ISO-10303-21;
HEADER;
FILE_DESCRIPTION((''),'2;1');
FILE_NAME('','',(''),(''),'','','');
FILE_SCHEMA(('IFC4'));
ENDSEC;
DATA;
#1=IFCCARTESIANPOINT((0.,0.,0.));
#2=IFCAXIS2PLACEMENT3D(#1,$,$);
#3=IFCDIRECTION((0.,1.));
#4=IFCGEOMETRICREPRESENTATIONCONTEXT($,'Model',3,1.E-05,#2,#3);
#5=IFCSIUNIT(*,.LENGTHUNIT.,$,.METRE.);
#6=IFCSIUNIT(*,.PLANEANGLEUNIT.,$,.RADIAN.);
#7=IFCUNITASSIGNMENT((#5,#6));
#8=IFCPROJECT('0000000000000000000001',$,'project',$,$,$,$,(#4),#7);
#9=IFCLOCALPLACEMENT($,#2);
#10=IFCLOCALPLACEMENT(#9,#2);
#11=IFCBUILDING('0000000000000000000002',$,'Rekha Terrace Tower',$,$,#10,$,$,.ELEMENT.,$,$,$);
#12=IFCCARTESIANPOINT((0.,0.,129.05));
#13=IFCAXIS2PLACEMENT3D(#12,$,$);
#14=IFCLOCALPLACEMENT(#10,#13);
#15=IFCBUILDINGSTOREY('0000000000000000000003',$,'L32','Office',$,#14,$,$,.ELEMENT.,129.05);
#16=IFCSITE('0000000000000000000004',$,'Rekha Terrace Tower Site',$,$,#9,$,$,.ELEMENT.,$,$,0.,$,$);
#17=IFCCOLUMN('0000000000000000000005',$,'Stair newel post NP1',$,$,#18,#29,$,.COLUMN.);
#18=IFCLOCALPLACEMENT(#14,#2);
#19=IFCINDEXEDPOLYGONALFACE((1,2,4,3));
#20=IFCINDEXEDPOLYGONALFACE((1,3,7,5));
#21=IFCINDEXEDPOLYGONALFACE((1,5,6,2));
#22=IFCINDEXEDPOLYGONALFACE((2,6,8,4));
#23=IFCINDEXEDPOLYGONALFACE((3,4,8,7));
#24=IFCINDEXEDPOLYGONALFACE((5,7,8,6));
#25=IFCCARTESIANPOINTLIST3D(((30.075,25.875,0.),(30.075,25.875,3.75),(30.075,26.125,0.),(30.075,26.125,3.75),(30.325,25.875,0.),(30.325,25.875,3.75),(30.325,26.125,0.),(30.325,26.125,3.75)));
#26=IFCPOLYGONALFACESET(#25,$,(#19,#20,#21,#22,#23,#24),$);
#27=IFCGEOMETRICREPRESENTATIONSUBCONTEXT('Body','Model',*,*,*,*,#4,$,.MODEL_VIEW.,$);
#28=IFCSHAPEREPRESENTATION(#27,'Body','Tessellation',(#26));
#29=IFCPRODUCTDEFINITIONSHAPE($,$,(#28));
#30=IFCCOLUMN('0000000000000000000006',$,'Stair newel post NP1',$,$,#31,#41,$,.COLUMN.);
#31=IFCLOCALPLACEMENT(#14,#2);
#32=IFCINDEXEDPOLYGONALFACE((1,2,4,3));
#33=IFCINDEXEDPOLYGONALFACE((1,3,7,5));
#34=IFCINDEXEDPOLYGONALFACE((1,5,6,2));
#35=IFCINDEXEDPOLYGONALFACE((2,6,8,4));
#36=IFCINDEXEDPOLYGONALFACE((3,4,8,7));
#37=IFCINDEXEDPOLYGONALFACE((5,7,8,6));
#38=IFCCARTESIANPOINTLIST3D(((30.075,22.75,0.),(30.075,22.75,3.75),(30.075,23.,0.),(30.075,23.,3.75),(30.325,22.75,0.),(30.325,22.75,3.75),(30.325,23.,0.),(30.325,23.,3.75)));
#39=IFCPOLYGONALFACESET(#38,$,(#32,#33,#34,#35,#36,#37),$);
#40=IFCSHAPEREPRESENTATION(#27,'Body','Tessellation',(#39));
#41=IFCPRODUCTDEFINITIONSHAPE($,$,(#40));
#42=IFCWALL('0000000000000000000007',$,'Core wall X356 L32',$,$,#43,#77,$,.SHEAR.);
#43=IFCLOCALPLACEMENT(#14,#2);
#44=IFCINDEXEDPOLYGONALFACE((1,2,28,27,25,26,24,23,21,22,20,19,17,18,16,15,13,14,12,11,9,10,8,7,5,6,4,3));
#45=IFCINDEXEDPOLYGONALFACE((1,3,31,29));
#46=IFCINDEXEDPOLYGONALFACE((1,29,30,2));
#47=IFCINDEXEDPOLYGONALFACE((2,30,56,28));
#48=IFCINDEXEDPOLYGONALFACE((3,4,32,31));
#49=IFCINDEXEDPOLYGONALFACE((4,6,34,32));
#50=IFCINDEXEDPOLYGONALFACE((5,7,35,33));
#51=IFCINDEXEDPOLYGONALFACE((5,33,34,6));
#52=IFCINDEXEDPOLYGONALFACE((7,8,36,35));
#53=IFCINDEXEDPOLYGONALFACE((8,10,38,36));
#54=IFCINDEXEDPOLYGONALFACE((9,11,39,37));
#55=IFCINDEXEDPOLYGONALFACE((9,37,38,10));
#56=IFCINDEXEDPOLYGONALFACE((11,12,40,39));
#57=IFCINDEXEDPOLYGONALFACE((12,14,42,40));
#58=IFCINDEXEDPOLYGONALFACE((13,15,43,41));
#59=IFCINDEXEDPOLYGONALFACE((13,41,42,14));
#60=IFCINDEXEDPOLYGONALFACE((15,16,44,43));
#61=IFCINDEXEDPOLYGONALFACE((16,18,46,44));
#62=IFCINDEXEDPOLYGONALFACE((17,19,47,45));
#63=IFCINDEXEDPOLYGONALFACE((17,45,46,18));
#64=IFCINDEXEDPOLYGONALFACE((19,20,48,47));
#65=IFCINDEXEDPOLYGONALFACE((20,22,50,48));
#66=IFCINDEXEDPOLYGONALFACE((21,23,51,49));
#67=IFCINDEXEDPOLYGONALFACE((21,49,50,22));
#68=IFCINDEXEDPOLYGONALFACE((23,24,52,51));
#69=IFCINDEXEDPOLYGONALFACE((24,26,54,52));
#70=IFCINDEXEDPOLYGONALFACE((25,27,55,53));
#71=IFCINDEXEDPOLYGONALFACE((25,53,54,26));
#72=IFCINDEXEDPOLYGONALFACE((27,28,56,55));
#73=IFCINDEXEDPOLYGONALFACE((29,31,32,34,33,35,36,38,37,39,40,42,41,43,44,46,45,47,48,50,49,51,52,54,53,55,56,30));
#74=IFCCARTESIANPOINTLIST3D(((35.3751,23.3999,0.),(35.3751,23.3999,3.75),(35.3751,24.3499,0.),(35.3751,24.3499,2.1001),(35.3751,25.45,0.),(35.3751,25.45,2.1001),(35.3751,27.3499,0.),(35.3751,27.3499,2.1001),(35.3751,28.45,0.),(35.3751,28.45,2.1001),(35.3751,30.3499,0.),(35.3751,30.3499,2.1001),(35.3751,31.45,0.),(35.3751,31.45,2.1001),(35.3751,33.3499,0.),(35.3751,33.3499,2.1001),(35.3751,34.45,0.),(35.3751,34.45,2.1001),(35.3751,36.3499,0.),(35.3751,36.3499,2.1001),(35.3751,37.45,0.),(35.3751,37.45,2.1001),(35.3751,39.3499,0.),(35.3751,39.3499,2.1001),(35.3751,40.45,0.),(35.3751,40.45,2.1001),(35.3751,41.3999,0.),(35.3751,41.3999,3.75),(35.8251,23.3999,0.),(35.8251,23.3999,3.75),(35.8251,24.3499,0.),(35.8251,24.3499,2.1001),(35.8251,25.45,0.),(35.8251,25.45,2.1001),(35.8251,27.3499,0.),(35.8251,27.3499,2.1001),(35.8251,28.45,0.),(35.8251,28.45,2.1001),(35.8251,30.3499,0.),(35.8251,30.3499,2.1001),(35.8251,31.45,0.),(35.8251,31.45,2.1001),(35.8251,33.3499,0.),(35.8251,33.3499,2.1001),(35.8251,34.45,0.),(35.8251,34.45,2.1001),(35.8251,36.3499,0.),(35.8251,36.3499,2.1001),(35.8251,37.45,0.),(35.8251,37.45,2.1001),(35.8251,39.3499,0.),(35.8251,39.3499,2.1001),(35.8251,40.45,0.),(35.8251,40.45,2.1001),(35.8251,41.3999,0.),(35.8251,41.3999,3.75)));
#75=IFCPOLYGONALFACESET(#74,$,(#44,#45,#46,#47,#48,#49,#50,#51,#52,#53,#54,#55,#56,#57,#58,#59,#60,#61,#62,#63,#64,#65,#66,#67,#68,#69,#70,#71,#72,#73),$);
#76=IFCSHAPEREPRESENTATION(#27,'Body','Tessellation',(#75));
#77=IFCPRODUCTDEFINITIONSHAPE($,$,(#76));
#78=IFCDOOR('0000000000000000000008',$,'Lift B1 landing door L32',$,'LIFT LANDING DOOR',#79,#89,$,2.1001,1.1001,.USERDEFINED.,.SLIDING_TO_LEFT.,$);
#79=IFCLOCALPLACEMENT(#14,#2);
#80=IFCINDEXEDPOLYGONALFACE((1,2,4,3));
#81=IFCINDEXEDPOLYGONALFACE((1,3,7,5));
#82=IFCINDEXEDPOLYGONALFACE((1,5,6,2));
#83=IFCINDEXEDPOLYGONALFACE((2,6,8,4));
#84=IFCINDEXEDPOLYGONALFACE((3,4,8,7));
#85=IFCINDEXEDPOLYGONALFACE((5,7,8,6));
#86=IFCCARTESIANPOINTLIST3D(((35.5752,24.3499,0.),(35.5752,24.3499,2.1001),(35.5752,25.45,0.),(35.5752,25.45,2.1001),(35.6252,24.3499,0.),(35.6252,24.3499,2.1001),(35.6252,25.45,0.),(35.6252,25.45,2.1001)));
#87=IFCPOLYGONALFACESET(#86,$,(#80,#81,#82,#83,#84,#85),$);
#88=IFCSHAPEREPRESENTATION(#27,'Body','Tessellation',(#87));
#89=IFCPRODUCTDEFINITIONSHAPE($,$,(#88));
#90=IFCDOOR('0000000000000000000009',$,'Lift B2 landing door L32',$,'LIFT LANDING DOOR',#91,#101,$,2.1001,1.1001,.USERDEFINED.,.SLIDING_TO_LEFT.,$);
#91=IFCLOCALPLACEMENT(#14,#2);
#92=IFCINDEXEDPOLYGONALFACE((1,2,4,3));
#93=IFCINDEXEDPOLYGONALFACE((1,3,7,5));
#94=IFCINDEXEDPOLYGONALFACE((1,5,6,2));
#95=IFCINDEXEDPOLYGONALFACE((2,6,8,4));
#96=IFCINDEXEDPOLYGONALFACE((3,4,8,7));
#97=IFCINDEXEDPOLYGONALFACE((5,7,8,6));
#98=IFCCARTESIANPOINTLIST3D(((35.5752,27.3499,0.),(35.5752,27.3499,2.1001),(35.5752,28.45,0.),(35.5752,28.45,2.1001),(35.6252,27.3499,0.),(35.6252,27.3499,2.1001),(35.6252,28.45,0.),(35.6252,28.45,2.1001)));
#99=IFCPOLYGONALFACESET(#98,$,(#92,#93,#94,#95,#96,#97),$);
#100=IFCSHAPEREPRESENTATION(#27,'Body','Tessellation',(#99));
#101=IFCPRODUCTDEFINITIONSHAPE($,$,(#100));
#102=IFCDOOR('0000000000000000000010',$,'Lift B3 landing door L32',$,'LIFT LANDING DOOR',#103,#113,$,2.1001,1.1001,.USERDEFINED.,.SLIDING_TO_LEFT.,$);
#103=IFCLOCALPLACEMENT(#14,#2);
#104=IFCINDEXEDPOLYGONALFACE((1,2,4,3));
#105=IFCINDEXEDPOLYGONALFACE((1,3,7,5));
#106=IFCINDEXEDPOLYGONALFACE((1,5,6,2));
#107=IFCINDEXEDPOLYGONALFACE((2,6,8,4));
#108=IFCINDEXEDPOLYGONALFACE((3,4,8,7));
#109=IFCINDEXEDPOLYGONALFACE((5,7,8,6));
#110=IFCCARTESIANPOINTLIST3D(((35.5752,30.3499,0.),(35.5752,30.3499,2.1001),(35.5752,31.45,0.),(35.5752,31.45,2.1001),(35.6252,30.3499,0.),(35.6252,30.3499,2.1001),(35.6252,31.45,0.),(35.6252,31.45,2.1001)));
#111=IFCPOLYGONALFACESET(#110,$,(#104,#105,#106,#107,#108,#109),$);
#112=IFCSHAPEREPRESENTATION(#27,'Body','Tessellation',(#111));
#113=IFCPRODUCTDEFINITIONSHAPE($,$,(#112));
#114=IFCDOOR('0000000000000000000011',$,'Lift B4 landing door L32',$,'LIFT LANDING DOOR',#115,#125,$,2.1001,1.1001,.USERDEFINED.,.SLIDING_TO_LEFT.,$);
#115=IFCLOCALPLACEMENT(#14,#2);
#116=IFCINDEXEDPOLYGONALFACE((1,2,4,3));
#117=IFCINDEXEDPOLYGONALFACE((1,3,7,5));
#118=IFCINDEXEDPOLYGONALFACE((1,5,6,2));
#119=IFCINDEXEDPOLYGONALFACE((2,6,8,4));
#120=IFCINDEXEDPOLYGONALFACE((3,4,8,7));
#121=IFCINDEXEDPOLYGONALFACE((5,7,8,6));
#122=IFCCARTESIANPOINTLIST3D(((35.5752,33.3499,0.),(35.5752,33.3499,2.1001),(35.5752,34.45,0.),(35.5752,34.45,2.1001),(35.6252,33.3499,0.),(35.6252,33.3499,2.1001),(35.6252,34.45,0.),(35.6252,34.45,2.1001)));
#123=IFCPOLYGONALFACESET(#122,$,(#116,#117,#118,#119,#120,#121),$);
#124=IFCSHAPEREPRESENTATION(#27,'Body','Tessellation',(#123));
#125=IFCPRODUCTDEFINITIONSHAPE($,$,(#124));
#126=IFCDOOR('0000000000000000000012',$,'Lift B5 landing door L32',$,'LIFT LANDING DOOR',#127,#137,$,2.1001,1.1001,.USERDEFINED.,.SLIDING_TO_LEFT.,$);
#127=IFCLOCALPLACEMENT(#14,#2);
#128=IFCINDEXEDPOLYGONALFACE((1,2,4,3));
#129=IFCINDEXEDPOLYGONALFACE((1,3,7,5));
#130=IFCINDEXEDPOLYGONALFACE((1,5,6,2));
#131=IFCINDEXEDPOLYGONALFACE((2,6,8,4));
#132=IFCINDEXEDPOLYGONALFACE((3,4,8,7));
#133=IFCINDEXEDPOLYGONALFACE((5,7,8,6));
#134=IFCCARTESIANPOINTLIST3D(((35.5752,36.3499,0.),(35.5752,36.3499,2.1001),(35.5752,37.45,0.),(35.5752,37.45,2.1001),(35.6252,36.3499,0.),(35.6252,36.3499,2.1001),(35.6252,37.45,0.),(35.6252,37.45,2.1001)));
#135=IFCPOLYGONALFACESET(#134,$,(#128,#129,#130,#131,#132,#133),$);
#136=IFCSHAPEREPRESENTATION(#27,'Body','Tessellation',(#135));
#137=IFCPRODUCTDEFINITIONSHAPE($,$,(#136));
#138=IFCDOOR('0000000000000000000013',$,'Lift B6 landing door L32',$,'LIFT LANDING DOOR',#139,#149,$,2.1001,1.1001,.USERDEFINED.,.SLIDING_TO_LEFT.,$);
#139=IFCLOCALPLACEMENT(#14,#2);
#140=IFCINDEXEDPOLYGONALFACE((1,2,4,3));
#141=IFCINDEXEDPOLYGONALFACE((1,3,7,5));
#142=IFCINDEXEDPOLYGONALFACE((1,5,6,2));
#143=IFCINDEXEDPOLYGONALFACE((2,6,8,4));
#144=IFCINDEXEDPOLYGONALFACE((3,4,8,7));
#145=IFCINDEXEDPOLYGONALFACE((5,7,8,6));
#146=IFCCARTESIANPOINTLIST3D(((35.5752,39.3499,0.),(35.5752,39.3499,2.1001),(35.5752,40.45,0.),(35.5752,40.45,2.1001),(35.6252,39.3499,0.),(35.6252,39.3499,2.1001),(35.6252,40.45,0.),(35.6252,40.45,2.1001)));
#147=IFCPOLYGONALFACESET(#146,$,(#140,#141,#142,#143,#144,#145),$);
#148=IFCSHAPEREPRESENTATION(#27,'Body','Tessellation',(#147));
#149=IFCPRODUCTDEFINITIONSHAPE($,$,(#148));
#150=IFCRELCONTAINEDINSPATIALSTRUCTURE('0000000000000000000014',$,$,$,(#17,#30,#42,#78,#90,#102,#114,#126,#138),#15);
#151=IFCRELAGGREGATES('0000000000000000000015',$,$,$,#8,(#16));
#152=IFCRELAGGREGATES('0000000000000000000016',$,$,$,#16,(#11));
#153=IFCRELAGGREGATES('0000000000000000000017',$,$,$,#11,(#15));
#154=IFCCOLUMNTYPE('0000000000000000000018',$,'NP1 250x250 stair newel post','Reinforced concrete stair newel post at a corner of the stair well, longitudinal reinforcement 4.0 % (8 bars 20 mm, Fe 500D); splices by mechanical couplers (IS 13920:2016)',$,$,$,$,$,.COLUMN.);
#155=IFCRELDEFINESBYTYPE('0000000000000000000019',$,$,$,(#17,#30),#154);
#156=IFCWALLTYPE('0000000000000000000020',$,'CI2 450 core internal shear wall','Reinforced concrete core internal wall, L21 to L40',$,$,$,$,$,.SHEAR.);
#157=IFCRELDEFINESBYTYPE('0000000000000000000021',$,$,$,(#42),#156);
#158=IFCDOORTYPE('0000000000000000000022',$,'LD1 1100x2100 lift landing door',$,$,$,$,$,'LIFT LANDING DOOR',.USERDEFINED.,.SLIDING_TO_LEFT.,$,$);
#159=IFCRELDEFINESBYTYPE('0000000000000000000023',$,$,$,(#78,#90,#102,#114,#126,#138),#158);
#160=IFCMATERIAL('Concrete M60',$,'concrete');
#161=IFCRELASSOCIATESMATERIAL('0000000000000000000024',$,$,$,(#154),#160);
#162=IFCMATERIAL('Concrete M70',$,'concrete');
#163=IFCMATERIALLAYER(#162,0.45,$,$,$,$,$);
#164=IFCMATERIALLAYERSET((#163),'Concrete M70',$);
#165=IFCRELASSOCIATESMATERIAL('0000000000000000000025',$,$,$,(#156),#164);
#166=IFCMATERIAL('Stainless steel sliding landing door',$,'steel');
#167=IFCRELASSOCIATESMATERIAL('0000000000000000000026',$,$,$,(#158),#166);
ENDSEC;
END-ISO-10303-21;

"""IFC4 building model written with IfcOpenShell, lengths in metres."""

from ifc_helpers import new_model, si_unit, direction, frame, frame_2d, origin, origin_2d, place, context, subcontext, project, spatial, rectangle, extrude, material, layer, layer_set, material_profile, profile_set, type_object, element, fill, save


model = new_model("IFC4")

# Units and contexts
model_context = context("Model", 3, precision=1e-05, world=origin(), true_north=direction((0.0, 1.0)))
body_context = subcontext(model_context, "Body", "Model", "MODEL_VIEW")
ifc_project = project(units=[si_unit("LENGTHUNIT", "METRE"), si_unit("PLANEANGLEUNIT", "RADIAN")], contexts=[model_context])

# Site, building, storey
site_placement = place(None, origin())
site = spatial("IfcSite", under=ifc_project, at=site_placement, Name="Rekha Terrace Tower Site", CompositionType="ELEMENT", RefElevation=0.0)
building_placement = place(site_placement, origin())
building = spatial("IfcBuilding", under=site, at=building_placement, Name="Rekha Terrace Tower", CompositionType="ELEMENT")
storey_placement = place(building_placement, frame((0.0, 0.0, 129.05)))
storey = spatial("IfcBuildingStorey", under=building, at=storey_placement, Name="L32", Description="Office", CompositionType="ELEMENT", Elevation=129.05)

# Columns
ifc_material_1 = material(Name="Concrete M60", Category="concrete")
ifc_material_profile = material_profile(ifc_material_1, rectangle(XDim=0.25, YDim=0.25, at=origin_2d()), Name="RC 250x250")
ifc_profile_set = profile_set([ifc_material_profile], Name="Concrete M60")
column_type = type_object("IfcColumnType", Name="NP1 250x250 stair newel post", Description="Reinforced concrete stair newel post at a corner of the stair well, longitudinal reinforcement 4.0 % (8 bars 20 mm, Fe 500D); splices by mechanical couplers (IS 13920:2016)", PredefinedType="COLUMN", material=ifc_profile_set)
for number, where, z_axis, x_axis, name in (
    (1, (30.2, 26.0, 0.0), (0.0, 0.0, 1.0), (1.0, 0.0, 0.0), "Stair newel post NP1"),
    (2, (30.2, 22.875, 0.0), (0.0, 0.0, 1.0), (1.0, 0.0, 0.0), "Stair newel post NP1"),
):
    element("IfcColumn", number, at=place(storey_placement, frame(where, z_axis=z_axis, x_axis=x_axis)), inside=storey, type_object=column_type, Name=name, PredefinedType="COLUMN", context=body_context, shape_type="SweptSolid", body=[
        extrude(rectangle(XDim=0.25, YDim=0.25, at=origin_2d()), origin(), (0.0, 0.0, 1.0), 3.75),
    ])

# Wall, openings, doors
ifc_material_2 = material(Name="Concrete M70", Category="concrete")
ifc_layer_1 = layer(ifc_material_2, 0.45)
ifc_layer_set_1 = layer_set([ifc_layer_1], Name="Concrete M70")
wall_type_1 = type_object("IfcWallType", Name="CI2 450 core internal shear wall", Description="Reinforced concrete core internal wall, L21 to L40", PredefinedType="SHEAR", material=ifc_layer_set_1)
wall_1_placement = place(storey_placement, frame((35.6001, 23.3999, 0.0), z_axis=(0.0, 0.0, 1.0), x_axis=(0.0, 1.0, 0.0)))
wall_1 = element("IfcWall", 3, at=wall_1_placement, inside=storey, type_object=wall_type_1, Name="Core wall X356 L32", PredefinedType="SHEAR", context=body_context, shape_type="SweptSolid", body=[
    extrude(rectangle(XDim=18.0, YDim=0.45, at=frame_2d((9.0, 0.0))), origin(), (0.0, 0.0, 1.0), 3.75),
])
opening_1_placement = place(wall_1_placement, frame((0.95, 0.0, 0.0)))
opening_1 = element("IfcOpeningElement", 4, at=opening_1_placement, cuts=wall_1, PredefinedType="OPENING", context=body_context, shape_type="SweptSolid", body=[
    extrude(rectangle(XDim=1.1001, YDim=2.1001, at=frame_2d((0.55, 1.05))), frame((0.0, 0.2349, 0.0), z_axis=(0.0, -1.0, 0.0), x_axis=(1.0, 0.0, 0.0)), (0.0, 0.0, 1.0), 0.47),
])
opening_2_placement = place(wall_1_placement, frame((3.95, 0.0, 0.0)))
opening_2 = element("IfcOpeningElement", 5, at=opening_2_placement, cuts=wall_1, PredefinedType="OPENING", context=body_context, shape_type="SweptSolid", body=[
    extrude(rectangle(XDim=1.1001, YDim=2.1001, at=frame_2d((0.55, 1.05))), frame((0.0, 0.2349, 0.0), z_axis=(0.0, -1.0, 0.0), x_axis=(1.0, 0.0, 0.0)), (0.0, 0.0, 1.0), 0.47),
])
opening_3_placement = place(wall_1_placement, frame((6.95, 0.0, 0.0)))
opening_3 = element("IfcOpeningElement", 6, at=opening_3_placement, cuts=wall_1, PredefinedType="OPENING", context=body_context, shape_type="SweptSolid", body=[
    extrude(rectangle(XDim=1.1001, YDim=2.1001, at=frame_2d((0.55, 1.05))), frame((0.0, 0.2349, 0.0), z_axis=(0.0, -1.0, 0.0), x_axis=(1.0, 0.0, 0.0)), (0.0, 0.0, 1.0), 0.47),
])
opening_4_placement = place(wall_1_placement, frame((9.95, 0.0, 0.0)))
opening_4 = element("IfcOpeningElement", 7, at=opening_4_placement, cuts=wall_1, PredefinedType="OPENING", context=body_context, shape_type="SweptSolid", body=[
    extrude(rectangle(XDim=1.1001, YDim=2.1001, at=frame_2d((0.55, 1.05))), frame((0.0, 0.2349, 0.0), z_axis=(0.0, -1.0, 0.0), x_axis=(1.0, 0.0, 0.0)), (0.0, 0.0, 1.0), 0.47),
])
opening_5_placement = place(wall_1_placement, frame((12.95, 0.0, 0.0)))
opening_5 = element("IfcOpeningElement", 8, at=opening_5_placement, cuts=wall_1, PredefinedType="OPENING", context=body_context, shape_type="SweptSolid", body=[
    extrude(rectangle(XDim=1.1001, YDim=2.1001, at=frame_2d((0.55, 1.05))), frame((0.0, 0.2349, 0.0), z_axis=(0.0, -1.0, 0.0), x_axis=(1.0, 0.0, 0.0)), (0.0, 0.0, 1.0), 0.47),
])
opening_6_placement = place(wall_1_placement, frame((15.95, 0.0, 0.0)))
opening_6 = element("IfcOpeningElement", 9, at=opening_6_placement, cuts=wall_1, PredefinedType="OPENING", context=body_context, shape_type="SweptSolid", body=[
    extrude(rectangle(XDim=1.1001, YDim=2.1001, at=frame_2d((0.55, 1.05))), frame((0.0, 0.2349, 0.0), z_axis=(0.0, -1.0, 0.0), x_axis=(1.0, 0.0, 0.0)), (0.0, 0.0, 1.0), 0.47),
])
ifc_material_3 = material(Name="Stainless steel sliding landing door", Category="steel")
door_type_1 = type_object("IfcDoorType", Name="LD1 1100x2100 lift landing door", ElementType="LIFT LANDING DOOR", OperationType="SLIDING_TO_LEFT", PredefinedType="USERDEFINED", material=ifc_material_3)
door_1_placement = place(opening_1_placement, origin())
door_1 = element("IfcDoor", 10, at=door_1_placement, inside=storey, type_object=door_type_1, Name="Lift B1 landing door L32", ObjectType="LIFT LANDING DOOR", OperationType="SLIDING_TO_LEFT", OverallHeight=2.1001, OverallWidth=1.1001, PredefinedType="USERDEFINED", context=body_context, shape_type="SweptSolid", body=[
    extrude(rectangle(XDim=1.1001, YDim=2.1001, at=frame_2d((0.55, 1.05))), frame((0.0, 0.0249, 0.0), z_axis=(0.0, -1.0, 0.0), x_axis=(1.0, 0.0, 0.0)), (0.0, 0.0, 1.0), 0.05),
])
fill(opening_1, door_1)
door_2_placement = place(opening_2_placement, origin())
door_2 = element("IfcDoor", 11, at=door_2_placement, inside=storey, type_object=door_type_1, Name="Lift B2 landing door L32", ObjectType="LIFT LANDING DOOR", OperationType="SLIDING_TO_LEFT", OverallHeight=2.1001, OverallWidth=1.1001, PredefinedType="USERDEFINED", context=body_context, shape_type="SweptSolid", body=[
    extrude(rectangle(XDim=1.1001, YDim=2.1001, at=frame_2d((0.55, 1.05))), frame((0.0, 0.0249, 0.0), z_axis=(0.0, -1.0, 0.0), x_axis=(1.0, 0.0, 0.0)), (0.0, 0.0, 1.0), 0.05),
])
fill(opening_2, door_2)
door_3_placement = place(opening_3_placement, origin())
door_3 = element("IfcDoor", 12, at=door_3_placement, inside=storey, type_object=door_type_1, Name="Lift B3 landing door L32", ObjectType="LIFT LANDING DOOR", OperationType="SLIDING_TO_LEFT", OverallHeight=2.1001, OverallWidth=1.1001, PredefinedType="USERDEFINED", context=body_context, shape_type="SweptSolid", body=[
    extrude(rectangle(XDim=1.1001, YDim=2.1001, at=frame_2d((0.55, 1.05))), frame((0.0, 0.0249, 0.0), z_axis=(0.0, -1.0, 0.0), x_axis=(1.0, 0.0, 0.0)), (0.0, 0.0, 1.0), 0.05),
])
fill(opening_3, door_3)
door_4_placement = place(opening_4_placement, origin())
door_4 = element("IfcDoor", 13, at=door_4_placement, inside=storey, type_object=door_type_1, Name="Lift B4 landing door L32", ObjectType="LIFT LANDING DOOR", OperationType="SLIDING_TO_LEFT", OverallHeight=2.1001, OverallWidth=1.1001, PredefinedType="USERDEFINED", context=body_context, shape_type="SweptSolid", body=[
    extrude(rectangle(XDim=1.1001, YDim=2.1001, at=frame_2d((0.55, 1.05))), frame((0.0, 0.0249, 0.0), z_axis=(0.0, -1.0, 0.0), x_axis=(1.0, 0.0, 0.0)), (0.0, 0.0, 1.0), 0.05),
])
fill(opening_4, door_4)
door_5_placement = place(opening_5_placement, origin())
door_5 = element("IfcDoor", 14, at=door_5_placement, inside=storey, type_object=door_type_1, Name="Lift B5 landing door L32", ObjectType="LIFT LANDING DOOR", OperationType="SLIDING_TO_LEFT", OverallHeight=2.1001, OverallWidth=1.1001, PredefinedType="USERDEFINED", context=body_context, shape_type="SweptSolid", body=[
    extrude(rectangle(XDim=1.1001, YDim=2.1001, at=frame_2d((0.55, 1.05))), frame((0.0, 0.0249, 0.0), z_axis=(0.0, -1.0, 0.0), x_axis=(1.0, 0.0, 0.0)), (0.0, 0.0, 1.0), 0.05),
])
fill(opening_5, door_5)
door_6_placement = place(opening_6_placement, origin())
door_6 = element("IfcDoor", 15, at=door_6_placement, inside=storey, type_object=door_type_1, Name="Lift B6 landing door L32", ObjectType="LIFT LANDING DOOR", OperationType="SLIDING_TO_LEFT", OverallHeight=2.1001, OverallWidth=1.1001, PredefinedType="USERDEFINED", context=body_context, shape_type="SweptSolid", body=[
    extrude(rectangle(XDim=1.1001, YDim=2.1001, at=frame_2d((0.55, 1.05))), frame((0.0, 0.0249, 0.0), z_axis=(0.0, -1.0, 0.0), x_axis=(1.0, 0.0, 0.0)), (0.0, 0.0, 1.0), 0.05),
])
fill(opening_6, door_6)

save(model, "model.ifc")
